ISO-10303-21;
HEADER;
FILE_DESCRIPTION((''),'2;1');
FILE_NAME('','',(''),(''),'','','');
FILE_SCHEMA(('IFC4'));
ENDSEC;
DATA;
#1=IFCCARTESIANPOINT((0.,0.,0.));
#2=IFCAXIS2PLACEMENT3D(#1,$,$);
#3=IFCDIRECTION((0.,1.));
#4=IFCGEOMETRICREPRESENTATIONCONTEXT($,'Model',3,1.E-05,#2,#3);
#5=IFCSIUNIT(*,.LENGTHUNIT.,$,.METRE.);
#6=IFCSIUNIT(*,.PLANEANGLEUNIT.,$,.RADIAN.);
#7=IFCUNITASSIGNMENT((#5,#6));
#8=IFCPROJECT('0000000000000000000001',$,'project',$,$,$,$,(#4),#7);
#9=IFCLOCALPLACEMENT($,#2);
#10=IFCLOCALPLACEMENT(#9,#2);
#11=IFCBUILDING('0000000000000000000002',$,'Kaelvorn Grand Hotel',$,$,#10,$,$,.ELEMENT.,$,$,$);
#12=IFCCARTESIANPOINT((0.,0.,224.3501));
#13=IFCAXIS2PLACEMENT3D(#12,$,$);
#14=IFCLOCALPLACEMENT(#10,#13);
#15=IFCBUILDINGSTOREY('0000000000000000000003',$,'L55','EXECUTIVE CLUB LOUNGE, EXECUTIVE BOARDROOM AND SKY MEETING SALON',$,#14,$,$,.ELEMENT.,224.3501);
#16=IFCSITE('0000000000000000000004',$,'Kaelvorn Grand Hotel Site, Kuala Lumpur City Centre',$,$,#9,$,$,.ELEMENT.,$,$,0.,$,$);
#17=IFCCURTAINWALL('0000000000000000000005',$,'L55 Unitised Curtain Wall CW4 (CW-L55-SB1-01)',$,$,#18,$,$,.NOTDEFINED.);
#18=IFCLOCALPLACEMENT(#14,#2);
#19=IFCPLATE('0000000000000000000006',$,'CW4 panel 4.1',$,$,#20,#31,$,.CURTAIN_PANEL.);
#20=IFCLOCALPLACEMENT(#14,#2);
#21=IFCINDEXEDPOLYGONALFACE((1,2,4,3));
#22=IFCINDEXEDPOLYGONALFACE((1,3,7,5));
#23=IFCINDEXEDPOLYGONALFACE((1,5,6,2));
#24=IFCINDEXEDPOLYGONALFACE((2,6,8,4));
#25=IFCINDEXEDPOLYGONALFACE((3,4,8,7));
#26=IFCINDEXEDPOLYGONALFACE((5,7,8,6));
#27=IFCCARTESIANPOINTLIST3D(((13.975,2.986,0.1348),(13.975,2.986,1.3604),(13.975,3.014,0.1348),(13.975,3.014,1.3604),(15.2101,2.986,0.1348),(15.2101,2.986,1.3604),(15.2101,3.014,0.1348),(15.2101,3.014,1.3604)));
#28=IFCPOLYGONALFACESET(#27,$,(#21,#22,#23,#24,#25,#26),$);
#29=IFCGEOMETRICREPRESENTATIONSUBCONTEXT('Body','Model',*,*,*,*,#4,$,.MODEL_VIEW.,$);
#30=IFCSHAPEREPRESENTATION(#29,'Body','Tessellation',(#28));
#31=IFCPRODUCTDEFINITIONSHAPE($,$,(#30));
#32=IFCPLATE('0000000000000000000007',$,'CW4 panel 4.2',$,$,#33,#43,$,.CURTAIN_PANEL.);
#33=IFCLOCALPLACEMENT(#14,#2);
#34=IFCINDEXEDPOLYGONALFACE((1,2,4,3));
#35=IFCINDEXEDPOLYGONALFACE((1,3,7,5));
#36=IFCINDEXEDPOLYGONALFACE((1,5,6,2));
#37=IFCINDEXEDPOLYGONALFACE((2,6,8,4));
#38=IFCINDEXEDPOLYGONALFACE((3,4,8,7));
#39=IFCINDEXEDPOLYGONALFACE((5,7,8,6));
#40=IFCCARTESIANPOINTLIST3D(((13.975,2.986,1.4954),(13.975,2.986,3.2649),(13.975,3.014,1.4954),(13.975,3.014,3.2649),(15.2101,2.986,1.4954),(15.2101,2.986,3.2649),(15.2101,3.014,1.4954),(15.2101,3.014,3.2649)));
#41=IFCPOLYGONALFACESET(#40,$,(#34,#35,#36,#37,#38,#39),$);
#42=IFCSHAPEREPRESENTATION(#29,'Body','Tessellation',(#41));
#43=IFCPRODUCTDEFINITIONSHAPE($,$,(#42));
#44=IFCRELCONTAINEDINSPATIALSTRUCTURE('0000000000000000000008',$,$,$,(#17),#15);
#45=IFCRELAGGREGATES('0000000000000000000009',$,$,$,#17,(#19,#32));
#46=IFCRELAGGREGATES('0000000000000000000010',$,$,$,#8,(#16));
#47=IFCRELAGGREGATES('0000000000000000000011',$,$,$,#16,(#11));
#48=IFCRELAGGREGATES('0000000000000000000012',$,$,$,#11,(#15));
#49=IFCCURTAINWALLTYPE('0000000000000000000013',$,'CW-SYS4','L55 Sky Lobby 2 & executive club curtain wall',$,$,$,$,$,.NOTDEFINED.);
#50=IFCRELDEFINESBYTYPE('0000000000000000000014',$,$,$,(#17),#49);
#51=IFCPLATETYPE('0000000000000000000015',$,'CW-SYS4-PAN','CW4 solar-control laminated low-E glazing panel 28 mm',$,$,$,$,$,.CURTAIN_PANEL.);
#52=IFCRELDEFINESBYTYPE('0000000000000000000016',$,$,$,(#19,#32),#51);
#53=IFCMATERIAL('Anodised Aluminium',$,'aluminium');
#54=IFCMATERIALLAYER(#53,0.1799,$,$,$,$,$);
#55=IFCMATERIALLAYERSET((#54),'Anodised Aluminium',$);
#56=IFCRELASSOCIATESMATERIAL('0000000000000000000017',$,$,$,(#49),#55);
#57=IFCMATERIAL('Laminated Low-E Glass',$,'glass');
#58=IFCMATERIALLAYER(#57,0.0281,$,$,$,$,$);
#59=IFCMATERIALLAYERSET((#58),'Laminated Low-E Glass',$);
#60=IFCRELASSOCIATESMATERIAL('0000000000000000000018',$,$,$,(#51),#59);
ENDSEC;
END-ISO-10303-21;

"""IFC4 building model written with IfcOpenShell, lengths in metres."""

from ifc_helpers import new_model, si_unit, direction, frame, origin, origin_2d, place, context, subcontext, project, spatial, rectangle, extrude, material, layer, layer_set, type_object, element, aggregate, save


model = new_model("IFC4")

# Units and contexts
model_context = context("Model", 3, precision=1e-05, world=origin(), true_north=direction((0.0, 1.0)))
body_context = subcontext(model_context, "Body", "Model", "MODEL_VIEW")
ifc_project = project(units=[si_unit("LENGTHUNIT", "METRE"), si_unit("PLANEANGLEUNIT", "RADIAN")], contexts=[model_context])

# Site, building, storey
site_placement = place(None, origin())
site = spatial("IfcSite", under=ifc_project, at=site_placement, Name="Kaelvorn Grand Hotel Site, Kuala Lumpur City Centre", CompositionType="ELEMENT", RefElevation=0.0)
building_placement = place(site_placement, origin())
building = spatial("IfcBuilding", under=site, at=building_placement, Name="Kaelvorn Grand Hotel", CompositionType="ELEMENT")
storey_placement = place(building_placement, frame((0.0, 0.0, 224.3501)))
storey = spatial("IfcBuildingStorey", under=building, at=storey_placement, Name="L55", Description="EXECUTIVE CLUB LOUNGE, EXECUTIVE BOARDROOM AND SKY MEETING SALON", CompositionType="ELEMENT", Elevation=224.3501)

# Curtain wall, plates
ifc_material_1 = material(Name="Anodised Aluminium", Category="aluminium")
ifc_layer_1 = layer(ifc_material_1, 0.1799)
ifc_layer_set_1 = layer_set([ifc_layer_1], Name="Anodised Aluminium")
curtain_wall_type = type_object("IfcCurtainWallType", Name="CW-SYS4", Description="L55 Sky Lobby 2 & executive club curtain wall", PredefinedType="NOTDEFINED", material=ifc_layer_set_1)
curtain_wall_placement = place(storey_placement, origin())
curtain_wall = element("IfcCurtainWall", 1, at=curtain_wall_placement, inside=storey, type_object=curtain_wall_type, Name="L55 Unitised Curtain Wall CW4 (CW-L55-SB1-01)", PredefinedType="NOTDEFINED")
ifc_material_2 = material(Name="Laminated Low-E Glass", Category="glass")
ifc_layer_2 = layer(ifc_material_2, 0.0281)
ifc_layer_set_2 = layer_set([ifc_layer_2], Name="Laminated Low-E Glass")
plate_type = type_object("IfcPlateType", Name="CW-SYS4-PAN", Description="CW4 solar-control laminated low-E glazing panel 28 mm", PredefinedType="CURTAIN_PANEL", material=ifc_layer_set_2)
plate_1_placement = place(storey_placement, frame((14.5925, 3.0, 0.1348), z_axis=(0.0, 0.0, 1.0), x_axis=(1.0, 0.0, 0.0)))
plate_1 = element("IfcPlate", 2, at=plate_1_placement, type_object=plate_type, Name="CW4 panel 4.1", PredefinedType="CURTAIN_PANEL", context=body_context, shape_type="SweptSolid", body=[
    extrude(rectangle(XDim=1.2351, YDim=0.0281, at=origin_2d()), origin(), (0.0, 0.0, 1.0), 1.2256),
])
plate_2_placement = place(storey_placement, frame((14.5925, 3.0, 1.4954), z_axis=(0.0, 0.0, 1.0), x_axis=(1.0, 0.0, 0.0)))
plate_2 = element("IfcPlate", 3, at=plate_2_placement, type_object=plate_type, Name="CW4 panel 4.2", PredefinedType="CURTAIN_PANEL", context=body_context, shape_type="SweptSolid", body=[
    extrude(rectangle(XDim=1.2351, YDim=0.0281, at=origin_2d()), origin(), (0.0, 0.0, 1.0), 1.7695),
])
aggregate(curtain_wall, [plate_1, plate_2])

save(model, "model.ifc")
